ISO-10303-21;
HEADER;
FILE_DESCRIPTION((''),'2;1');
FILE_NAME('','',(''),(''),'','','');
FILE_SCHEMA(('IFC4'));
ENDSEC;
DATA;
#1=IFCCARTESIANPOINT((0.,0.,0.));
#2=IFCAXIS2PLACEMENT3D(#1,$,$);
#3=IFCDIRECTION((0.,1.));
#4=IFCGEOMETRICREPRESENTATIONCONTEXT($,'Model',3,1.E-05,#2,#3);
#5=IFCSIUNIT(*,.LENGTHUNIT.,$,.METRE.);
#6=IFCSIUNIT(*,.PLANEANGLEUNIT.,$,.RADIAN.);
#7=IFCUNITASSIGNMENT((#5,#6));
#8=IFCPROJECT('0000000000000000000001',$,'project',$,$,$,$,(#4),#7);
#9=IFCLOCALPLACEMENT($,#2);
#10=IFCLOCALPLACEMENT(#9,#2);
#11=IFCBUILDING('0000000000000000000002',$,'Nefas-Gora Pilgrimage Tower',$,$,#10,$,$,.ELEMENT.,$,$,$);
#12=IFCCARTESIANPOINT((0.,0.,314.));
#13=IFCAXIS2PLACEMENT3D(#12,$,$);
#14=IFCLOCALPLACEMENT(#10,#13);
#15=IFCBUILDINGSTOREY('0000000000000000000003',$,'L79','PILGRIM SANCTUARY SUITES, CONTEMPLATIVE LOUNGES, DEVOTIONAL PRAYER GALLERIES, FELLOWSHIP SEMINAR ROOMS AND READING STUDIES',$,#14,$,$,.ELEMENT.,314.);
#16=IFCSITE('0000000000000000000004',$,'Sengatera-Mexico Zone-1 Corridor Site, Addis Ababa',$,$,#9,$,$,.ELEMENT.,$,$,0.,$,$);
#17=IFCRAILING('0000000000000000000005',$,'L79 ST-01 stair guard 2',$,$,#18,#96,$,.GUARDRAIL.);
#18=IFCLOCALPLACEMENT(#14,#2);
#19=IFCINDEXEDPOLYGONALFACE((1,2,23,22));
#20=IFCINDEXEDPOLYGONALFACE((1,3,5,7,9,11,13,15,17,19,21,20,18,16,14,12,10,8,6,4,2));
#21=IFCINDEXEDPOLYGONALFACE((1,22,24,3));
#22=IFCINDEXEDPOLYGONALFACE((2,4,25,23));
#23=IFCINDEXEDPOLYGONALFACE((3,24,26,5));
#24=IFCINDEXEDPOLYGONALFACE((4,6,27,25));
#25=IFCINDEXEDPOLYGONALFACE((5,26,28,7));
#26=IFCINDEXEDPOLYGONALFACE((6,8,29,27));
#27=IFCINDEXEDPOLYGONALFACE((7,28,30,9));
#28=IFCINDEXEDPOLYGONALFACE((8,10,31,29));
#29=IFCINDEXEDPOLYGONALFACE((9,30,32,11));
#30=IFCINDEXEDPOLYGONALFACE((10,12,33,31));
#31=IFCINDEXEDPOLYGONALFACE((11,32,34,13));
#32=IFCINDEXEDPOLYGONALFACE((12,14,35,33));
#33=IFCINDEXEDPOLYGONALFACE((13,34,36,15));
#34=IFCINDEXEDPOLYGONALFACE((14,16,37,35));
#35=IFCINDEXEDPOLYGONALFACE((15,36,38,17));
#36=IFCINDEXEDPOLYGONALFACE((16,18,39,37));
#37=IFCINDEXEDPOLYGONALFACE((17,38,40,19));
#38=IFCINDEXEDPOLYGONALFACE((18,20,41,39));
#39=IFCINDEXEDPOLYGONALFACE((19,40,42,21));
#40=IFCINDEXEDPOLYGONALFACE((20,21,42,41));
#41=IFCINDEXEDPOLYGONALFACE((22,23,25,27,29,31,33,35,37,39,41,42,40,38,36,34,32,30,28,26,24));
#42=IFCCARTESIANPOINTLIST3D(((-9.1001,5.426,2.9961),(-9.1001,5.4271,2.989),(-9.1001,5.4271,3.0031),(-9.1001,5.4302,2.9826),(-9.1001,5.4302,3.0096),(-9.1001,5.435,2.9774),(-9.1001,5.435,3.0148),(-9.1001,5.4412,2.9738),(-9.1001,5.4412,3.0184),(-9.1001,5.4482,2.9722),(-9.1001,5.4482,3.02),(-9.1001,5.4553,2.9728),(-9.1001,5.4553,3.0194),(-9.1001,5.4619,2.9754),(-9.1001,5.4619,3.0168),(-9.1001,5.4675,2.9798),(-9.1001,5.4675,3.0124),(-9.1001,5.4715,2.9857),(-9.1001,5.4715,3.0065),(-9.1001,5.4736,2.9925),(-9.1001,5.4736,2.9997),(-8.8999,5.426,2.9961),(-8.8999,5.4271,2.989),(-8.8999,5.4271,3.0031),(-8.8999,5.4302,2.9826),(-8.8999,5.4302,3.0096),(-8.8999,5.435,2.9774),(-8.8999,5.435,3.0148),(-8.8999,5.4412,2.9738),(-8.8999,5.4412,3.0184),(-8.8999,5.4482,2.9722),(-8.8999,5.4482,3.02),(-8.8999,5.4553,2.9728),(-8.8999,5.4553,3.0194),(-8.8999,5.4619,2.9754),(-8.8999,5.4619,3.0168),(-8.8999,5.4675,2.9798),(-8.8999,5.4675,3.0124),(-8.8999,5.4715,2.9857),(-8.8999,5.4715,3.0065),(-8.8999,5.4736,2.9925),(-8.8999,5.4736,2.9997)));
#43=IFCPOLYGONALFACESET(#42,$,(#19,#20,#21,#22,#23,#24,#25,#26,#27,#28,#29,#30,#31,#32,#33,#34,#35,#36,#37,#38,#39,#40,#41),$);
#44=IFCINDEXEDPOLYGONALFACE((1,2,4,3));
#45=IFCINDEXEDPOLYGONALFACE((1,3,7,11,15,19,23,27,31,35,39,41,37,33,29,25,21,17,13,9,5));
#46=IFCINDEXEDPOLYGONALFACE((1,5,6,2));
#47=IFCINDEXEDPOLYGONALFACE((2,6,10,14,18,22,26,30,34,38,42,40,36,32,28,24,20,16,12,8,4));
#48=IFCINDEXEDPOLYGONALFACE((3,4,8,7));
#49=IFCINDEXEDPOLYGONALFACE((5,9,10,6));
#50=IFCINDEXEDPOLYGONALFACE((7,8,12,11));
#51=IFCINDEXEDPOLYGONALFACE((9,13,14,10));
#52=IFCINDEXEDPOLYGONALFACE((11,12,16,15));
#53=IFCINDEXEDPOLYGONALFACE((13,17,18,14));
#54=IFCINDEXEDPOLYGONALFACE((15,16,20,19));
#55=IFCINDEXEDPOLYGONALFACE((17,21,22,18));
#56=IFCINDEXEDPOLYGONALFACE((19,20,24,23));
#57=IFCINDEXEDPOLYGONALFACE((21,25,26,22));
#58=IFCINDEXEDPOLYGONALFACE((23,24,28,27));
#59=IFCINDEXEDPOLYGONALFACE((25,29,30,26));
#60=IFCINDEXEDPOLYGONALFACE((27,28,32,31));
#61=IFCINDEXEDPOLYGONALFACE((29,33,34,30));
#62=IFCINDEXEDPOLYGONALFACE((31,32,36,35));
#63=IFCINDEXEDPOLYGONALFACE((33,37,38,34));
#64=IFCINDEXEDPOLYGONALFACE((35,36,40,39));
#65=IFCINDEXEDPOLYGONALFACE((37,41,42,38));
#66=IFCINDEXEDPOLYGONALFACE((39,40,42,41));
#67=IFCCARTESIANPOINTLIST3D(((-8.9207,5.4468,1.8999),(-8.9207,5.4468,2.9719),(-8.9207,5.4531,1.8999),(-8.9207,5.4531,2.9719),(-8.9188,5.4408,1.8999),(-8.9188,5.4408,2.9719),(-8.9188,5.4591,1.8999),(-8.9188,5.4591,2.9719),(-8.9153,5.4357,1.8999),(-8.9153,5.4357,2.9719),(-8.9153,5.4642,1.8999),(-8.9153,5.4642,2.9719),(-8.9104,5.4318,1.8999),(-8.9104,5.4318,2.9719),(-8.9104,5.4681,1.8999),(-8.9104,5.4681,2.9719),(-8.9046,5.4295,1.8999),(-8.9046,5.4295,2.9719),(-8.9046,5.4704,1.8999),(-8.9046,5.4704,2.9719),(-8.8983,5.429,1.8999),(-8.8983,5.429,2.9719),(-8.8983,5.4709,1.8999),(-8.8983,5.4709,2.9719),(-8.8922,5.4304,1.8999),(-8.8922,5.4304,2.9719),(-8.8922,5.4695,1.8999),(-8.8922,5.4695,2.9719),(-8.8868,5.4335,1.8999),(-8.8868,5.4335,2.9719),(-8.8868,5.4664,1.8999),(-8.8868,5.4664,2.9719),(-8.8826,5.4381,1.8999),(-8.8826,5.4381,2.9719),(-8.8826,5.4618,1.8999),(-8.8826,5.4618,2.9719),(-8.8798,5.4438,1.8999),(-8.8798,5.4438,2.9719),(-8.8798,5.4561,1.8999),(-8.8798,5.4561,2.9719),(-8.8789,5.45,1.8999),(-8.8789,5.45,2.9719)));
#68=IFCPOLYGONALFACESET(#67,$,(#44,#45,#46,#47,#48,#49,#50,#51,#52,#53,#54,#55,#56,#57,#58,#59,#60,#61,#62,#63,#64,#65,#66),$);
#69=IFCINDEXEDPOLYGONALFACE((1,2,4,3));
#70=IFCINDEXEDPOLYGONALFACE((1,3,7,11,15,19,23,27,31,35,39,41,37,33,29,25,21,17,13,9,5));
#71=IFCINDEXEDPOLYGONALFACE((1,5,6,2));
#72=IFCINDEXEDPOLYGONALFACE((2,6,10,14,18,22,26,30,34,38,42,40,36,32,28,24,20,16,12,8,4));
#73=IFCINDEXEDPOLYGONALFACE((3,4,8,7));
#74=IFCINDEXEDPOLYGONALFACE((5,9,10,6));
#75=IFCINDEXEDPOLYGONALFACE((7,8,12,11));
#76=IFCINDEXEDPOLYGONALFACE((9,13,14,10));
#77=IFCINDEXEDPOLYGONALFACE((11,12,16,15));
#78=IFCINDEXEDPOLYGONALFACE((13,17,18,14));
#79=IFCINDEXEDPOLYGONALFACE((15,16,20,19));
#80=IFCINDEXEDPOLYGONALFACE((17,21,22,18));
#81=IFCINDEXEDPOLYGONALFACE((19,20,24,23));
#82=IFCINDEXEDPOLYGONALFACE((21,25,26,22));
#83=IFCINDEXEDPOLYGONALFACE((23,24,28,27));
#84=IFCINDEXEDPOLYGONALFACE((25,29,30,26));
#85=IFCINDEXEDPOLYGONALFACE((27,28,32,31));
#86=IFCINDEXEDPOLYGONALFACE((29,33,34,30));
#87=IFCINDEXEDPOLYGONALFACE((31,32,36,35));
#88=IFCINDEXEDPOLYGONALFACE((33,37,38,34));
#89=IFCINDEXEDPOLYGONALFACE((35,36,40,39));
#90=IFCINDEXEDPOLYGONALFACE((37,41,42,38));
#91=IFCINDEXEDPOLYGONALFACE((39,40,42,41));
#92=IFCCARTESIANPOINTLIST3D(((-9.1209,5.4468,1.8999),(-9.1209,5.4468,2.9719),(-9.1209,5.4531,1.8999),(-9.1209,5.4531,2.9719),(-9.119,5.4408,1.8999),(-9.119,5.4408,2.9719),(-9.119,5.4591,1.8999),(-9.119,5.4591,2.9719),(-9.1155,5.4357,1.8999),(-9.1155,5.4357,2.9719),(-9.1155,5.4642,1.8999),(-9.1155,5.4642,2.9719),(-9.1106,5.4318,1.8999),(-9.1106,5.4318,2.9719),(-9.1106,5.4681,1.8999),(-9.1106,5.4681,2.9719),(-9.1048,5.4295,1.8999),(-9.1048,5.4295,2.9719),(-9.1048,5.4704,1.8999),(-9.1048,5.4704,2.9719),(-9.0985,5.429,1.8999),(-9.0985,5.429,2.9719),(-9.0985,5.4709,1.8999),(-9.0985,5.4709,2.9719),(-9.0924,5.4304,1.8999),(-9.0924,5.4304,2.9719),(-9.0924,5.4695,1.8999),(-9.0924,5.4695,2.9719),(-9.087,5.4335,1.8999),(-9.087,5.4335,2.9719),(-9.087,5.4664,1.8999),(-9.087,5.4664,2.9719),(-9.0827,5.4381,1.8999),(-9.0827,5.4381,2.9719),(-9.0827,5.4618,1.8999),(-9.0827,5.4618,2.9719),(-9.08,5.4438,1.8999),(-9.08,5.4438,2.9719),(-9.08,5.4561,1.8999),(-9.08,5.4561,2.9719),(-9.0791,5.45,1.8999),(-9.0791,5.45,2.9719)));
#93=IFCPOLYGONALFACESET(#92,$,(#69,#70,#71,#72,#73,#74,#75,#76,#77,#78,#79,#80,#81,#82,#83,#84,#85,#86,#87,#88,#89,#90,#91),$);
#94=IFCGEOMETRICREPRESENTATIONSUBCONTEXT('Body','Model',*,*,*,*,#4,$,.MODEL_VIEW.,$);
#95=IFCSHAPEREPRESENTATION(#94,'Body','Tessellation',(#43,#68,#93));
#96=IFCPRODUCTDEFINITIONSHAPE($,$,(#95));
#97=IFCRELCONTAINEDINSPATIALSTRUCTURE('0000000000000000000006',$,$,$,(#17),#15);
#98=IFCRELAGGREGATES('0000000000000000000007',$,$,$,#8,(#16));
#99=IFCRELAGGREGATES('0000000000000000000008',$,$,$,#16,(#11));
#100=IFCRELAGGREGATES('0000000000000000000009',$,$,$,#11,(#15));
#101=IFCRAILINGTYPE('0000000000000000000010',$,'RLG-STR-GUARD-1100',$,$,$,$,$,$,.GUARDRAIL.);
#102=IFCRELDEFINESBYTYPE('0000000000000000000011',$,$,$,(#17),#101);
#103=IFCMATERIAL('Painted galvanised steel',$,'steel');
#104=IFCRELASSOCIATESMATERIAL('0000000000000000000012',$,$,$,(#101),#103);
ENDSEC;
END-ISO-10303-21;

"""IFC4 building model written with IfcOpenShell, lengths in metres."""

from ifc_helpers import new_model, si_unit, direction, frame, origin, origin_2d, place, context, subcontext, project, spatial, circle, extrude, material, type_object, element, save


model = new_model("IFC4")

# Units and contexts
model_context = context("Model", 3, precision=1e-05, world=origin(), true_north=direction((0.0, 1.0)))
body_context = subcontext(model_context, "Body", "Model", "MODEL_VIEW")
ifc_project = project(units=[si_unit("LENGTHUNIT", "METRE"), si_unit("PLANEANGLEUNIT", "RADIAN")], contexts=[model_context])

# Site, building, storey
site_placement = place(None, origin())
site = spatial("IfcSite", under=ifc_project, at=site_placement, Name="Sengatera-Mexico Zone-1 Corridor Site, Addis Ababa", CompositionType="ELEMENT", RefElevation=0.0)
building_placement = place(site_placement, origin())
building = spatial("IfcBuilding", under=site, at=building_placement, Name="Nefas-Gora Pilgrimage Tower", CompositionType="ELEMENT")
storey_placement = place(building_placement, frame((0.0, 0.0, 314.0)))
storey = spatial("IfcBuildingStorey", under=building, at=storey_placement, Name="L79", Description="PILGRIM SANCTUARY SUITES, CONTEMPLATIVE LOUNGES, DEVOTIONAL PRAYER GALLERIES, FELLOWSHIP SEMINAR ROOMS AND READING STUDIES", CompositionType="ELEMENT", Elevation=314.0)

# Railing
ifc_material_1 = material(Name="Painted galvanised steel", Category="steel")
railing_type_1 = type_object("IfcRailingType", Name="RLG-STR-GUARD-1100", PredefinedType="GUARDRAIL", material=ifc_material_1)
railing_1_placement = place(storey_placement, frame((-8.8999, 5.45, 1.8999)))
element("IfcRailing", 1, at=railing_1_placement, inside=storey, type_object=railing_type_1, Name="L79 ST-01 stair guard 2", PredefinedType="GUARDRAIL", context=body_context, shape_type="SweptSolid", body=[
    extrude(circle(Radius=0.0239, at=origin_2d()), frame((0.0, 0.0, 1.0962), z_axis=(-1.0, 0.0, 0.0), x_axis=(0.0, -1.0, 0.0)), (0.0, 0.0, 1.0), 0.2002),
    extrude(circle(Radius=0.021, at=origin_2d()), origin(), (0.0, 0.0, 1.0), 1.072),
    extrude(circle(Radius=0.021, at=origin_2d()), frame((-0.2002, 0.0, 0.0)), (0.0, 0.0, 1.0), 1.072),
])

save(model, "model.ifc")
